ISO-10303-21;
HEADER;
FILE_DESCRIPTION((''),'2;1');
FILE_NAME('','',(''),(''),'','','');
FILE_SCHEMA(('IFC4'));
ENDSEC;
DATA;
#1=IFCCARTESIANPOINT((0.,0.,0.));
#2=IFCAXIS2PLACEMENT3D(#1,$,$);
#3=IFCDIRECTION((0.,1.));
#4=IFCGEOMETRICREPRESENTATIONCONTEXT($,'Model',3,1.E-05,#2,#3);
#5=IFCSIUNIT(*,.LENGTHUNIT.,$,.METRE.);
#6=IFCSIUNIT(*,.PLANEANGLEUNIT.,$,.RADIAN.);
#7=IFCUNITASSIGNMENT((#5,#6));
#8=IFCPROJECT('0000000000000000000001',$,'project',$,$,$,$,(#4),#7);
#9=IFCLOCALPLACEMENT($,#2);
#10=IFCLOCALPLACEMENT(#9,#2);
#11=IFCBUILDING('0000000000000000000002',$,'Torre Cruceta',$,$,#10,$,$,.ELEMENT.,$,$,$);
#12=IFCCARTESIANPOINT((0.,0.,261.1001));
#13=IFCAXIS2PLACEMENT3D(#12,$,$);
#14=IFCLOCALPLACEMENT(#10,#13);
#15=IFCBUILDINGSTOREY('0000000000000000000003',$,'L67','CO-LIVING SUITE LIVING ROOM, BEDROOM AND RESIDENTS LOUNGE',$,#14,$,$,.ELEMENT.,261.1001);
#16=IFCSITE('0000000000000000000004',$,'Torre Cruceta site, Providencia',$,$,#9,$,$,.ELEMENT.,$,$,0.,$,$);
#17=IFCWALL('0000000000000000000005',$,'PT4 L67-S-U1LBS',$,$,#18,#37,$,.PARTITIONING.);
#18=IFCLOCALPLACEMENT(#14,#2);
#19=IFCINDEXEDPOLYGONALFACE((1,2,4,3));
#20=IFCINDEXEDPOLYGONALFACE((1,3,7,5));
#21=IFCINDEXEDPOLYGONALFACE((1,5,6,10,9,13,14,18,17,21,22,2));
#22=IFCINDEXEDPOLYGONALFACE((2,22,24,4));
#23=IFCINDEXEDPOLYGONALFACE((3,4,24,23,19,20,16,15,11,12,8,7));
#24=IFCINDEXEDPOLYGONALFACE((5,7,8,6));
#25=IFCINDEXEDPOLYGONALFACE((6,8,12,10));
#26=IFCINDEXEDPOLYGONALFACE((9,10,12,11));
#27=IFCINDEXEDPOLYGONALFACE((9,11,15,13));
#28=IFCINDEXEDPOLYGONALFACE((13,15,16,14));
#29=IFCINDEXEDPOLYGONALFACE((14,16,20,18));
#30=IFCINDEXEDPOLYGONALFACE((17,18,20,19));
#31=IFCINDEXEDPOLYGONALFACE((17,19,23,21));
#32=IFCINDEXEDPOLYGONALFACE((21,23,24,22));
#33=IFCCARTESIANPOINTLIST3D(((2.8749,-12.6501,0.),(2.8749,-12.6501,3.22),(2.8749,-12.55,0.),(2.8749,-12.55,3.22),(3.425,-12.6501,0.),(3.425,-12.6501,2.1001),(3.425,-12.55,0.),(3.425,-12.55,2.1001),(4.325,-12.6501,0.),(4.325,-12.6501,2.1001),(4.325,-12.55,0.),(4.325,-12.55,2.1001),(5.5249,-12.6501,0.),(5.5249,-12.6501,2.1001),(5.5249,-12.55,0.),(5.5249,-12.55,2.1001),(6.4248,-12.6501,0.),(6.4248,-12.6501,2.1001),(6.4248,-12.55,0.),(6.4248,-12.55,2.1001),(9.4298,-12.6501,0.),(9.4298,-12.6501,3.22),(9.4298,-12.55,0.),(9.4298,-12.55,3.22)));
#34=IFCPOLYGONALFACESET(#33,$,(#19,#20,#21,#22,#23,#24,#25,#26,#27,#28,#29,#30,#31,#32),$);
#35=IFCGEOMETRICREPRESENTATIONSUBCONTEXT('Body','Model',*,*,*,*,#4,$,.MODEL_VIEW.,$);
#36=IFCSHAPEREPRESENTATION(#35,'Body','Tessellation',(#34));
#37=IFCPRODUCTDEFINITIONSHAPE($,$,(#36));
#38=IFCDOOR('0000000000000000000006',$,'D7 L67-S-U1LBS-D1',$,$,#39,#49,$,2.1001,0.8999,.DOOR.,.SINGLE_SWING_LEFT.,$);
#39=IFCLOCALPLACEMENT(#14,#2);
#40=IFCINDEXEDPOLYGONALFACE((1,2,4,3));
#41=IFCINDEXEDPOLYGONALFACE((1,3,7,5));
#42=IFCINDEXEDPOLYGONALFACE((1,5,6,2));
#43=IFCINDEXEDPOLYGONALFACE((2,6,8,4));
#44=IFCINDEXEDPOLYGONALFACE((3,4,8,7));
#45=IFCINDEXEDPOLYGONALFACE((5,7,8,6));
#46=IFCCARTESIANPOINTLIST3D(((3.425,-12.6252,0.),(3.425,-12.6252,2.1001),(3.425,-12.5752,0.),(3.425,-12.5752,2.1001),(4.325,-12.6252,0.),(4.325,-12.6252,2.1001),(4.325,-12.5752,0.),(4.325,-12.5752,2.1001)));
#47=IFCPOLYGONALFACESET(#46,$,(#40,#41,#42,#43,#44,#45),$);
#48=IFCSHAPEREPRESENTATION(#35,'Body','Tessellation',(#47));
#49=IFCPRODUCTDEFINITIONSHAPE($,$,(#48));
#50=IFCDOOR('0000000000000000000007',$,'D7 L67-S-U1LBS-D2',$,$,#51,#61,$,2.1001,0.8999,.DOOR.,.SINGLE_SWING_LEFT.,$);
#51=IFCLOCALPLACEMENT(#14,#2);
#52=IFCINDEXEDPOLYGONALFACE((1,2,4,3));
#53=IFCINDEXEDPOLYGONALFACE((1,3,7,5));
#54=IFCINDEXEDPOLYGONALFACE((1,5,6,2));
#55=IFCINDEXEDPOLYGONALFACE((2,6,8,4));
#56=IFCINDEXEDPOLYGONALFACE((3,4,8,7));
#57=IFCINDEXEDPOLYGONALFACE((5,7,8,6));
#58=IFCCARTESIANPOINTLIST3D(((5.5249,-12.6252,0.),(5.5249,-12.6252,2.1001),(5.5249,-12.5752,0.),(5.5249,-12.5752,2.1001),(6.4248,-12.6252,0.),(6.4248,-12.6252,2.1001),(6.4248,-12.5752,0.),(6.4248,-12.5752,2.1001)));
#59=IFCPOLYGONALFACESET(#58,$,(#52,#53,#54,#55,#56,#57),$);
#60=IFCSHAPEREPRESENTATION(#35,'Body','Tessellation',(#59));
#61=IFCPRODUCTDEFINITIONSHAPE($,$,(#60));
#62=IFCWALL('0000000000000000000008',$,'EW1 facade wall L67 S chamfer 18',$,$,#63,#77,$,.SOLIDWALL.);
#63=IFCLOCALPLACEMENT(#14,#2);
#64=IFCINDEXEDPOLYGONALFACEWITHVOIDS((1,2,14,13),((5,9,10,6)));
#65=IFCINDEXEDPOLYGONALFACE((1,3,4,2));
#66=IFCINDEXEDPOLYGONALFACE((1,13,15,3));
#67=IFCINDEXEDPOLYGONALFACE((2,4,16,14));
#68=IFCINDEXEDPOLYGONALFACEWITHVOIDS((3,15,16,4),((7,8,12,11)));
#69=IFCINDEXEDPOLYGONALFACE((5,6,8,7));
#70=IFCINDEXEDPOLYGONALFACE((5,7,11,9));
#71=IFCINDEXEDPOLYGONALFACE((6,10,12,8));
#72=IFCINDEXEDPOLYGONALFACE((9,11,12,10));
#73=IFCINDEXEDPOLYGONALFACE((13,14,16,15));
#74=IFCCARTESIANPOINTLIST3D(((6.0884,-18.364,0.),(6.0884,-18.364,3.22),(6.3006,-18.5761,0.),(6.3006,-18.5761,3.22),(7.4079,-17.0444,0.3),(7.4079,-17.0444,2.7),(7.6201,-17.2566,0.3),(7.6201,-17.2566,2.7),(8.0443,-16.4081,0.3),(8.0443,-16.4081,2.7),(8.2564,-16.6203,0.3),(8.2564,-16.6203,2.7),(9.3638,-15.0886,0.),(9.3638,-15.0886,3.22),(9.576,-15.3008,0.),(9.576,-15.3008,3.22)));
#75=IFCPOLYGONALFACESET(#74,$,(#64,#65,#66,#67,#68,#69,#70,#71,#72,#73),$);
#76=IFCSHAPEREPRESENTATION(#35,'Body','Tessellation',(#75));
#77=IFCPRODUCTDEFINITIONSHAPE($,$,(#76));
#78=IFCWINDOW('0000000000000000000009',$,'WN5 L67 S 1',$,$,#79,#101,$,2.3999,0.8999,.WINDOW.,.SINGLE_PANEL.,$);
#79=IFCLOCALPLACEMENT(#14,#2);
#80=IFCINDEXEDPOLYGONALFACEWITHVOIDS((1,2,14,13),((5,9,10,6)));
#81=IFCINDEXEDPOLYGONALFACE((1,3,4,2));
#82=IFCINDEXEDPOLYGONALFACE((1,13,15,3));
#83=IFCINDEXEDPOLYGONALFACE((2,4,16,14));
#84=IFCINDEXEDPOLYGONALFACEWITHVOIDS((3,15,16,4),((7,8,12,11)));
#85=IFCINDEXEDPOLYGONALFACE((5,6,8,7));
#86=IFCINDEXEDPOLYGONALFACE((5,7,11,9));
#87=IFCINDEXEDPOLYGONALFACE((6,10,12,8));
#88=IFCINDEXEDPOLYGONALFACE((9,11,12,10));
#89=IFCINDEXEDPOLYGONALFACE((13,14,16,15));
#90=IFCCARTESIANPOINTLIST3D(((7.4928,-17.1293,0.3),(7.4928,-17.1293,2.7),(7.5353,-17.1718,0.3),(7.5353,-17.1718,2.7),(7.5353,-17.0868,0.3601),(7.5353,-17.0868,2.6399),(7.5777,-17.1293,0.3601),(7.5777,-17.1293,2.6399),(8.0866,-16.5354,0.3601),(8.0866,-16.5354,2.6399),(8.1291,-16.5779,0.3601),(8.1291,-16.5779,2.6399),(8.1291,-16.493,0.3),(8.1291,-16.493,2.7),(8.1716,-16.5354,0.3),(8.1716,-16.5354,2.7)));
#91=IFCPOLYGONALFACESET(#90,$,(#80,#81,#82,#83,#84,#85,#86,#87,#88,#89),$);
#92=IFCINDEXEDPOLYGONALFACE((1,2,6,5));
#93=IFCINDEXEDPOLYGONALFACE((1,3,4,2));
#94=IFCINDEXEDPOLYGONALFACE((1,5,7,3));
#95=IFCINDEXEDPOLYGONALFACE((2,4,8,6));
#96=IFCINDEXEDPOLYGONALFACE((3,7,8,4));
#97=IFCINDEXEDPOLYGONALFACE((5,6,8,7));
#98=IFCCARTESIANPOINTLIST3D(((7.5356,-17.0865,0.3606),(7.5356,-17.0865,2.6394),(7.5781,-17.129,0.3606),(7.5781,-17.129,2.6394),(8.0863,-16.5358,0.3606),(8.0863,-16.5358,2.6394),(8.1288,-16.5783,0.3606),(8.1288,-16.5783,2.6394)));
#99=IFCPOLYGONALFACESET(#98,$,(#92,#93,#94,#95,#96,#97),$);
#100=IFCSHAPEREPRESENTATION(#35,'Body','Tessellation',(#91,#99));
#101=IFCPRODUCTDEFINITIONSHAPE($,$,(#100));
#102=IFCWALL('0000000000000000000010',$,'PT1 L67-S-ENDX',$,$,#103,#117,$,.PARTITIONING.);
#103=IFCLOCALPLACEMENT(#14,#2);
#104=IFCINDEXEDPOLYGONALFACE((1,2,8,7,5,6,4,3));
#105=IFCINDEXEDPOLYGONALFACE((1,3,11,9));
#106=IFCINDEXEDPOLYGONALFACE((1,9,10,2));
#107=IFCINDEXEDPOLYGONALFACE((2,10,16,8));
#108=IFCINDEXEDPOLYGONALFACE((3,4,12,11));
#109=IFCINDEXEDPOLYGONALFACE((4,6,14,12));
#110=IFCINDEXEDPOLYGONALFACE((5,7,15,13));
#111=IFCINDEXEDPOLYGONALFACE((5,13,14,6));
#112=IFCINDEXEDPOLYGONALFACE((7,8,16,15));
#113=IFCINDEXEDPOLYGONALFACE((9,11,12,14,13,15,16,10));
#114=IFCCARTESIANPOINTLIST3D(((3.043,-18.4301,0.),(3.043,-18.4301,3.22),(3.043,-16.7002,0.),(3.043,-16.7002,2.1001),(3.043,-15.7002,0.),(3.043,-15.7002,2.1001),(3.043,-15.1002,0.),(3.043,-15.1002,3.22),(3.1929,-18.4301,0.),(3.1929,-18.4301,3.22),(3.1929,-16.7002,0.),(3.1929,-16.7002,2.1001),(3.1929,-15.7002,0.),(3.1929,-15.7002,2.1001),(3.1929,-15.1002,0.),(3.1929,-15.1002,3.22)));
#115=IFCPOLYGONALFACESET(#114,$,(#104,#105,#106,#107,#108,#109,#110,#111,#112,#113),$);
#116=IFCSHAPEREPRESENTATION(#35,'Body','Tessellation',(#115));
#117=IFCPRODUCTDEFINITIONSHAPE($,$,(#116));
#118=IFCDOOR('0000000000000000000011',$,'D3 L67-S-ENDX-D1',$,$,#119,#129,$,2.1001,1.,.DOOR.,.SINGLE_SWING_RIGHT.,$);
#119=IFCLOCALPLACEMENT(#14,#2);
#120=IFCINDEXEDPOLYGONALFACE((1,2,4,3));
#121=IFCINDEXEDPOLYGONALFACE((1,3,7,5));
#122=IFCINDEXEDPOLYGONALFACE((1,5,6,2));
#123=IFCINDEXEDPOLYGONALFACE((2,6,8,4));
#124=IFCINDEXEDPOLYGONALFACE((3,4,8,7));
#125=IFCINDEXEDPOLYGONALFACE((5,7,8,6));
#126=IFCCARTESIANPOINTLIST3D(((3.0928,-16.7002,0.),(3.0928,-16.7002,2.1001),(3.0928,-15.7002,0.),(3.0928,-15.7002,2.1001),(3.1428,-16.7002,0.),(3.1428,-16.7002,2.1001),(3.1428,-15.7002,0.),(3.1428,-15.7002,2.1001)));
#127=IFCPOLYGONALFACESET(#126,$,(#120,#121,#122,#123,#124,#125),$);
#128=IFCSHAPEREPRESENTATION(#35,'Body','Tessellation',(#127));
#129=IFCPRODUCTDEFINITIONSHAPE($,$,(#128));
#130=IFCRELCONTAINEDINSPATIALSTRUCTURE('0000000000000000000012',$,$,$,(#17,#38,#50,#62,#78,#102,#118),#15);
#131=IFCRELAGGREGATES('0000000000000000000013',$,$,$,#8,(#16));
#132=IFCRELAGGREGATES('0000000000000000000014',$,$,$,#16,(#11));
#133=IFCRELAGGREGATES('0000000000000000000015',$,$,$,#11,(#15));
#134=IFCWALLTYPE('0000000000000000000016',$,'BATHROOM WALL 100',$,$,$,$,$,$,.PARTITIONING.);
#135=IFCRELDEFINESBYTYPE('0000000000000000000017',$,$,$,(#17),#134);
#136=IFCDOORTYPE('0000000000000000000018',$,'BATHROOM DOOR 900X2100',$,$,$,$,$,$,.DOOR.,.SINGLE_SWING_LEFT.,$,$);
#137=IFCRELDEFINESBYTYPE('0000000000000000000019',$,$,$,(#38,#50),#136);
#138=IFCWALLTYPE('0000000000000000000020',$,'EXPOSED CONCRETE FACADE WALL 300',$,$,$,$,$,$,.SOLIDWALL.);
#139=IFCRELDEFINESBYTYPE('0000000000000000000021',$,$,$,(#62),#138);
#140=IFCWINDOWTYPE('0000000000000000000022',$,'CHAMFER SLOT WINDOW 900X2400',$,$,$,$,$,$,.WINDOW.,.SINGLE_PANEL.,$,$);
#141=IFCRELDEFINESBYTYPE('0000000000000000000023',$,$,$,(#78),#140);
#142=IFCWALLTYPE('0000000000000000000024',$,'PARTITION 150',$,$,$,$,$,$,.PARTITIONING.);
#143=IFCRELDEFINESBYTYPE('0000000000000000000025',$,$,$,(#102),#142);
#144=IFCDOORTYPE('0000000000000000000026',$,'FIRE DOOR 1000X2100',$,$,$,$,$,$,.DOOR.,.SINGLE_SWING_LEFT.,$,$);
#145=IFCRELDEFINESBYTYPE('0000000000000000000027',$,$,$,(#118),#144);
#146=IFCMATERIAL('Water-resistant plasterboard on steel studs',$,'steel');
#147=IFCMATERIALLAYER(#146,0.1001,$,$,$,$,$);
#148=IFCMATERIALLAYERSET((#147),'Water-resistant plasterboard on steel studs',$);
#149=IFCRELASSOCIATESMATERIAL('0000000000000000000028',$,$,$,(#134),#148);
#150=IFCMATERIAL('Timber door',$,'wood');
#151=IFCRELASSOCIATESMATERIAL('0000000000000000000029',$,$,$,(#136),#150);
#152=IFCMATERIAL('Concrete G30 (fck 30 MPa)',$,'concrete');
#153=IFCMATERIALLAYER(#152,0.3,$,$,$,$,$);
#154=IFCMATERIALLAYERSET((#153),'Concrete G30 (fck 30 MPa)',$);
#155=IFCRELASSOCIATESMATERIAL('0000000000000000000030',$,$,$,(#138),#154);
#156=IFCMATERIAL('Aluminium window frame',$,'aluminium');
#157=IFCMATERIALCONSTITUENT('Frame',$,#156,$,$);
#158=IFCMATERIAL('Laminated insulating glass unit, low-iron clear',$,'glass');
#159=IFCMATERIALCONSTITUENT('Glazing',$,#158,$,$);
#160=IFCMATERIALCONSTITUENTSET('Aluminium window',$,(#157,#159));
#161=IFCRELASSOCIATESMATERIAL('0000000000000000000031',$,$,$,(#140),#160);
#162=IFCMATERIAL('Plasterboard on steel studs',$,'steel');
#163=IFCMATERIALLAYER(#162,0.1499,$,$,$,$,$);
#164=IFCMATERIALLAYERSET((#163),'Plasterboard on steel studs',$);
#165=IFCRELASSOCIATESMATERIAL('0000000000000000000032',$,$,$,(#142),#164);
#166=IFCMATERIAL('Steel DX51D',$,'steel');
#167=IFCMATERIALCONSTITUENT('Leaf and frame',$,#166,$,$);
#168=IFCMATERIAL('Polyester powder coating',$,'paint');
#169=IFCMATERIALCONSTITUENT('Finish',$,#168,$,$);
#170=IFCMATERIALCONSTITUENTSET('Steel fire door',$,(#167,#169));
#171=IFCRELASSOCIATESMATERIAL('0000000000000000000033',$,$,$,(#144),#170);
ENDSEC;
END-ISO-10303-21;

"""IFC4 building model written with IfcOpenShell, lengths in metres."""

from ifc_helpers import new_model, si_unit, direction, frame, frame_2d, origin, place, context, subcontext, project, spatial, rectangle, hollow_rectangle, extrude, material, layer, layer_set, constituent, constituent_set, type_object, element, fill, save


model = new_model("IFC4")

# Units and contexts
model_context = context("Model", 3, precision=1e-05, world=origin(), true_north=direction((0.0, 1.0)))
body_context = subcontext(model_context, "Body", "Model", "MODEL_VIEW")
ifc_project = project(units=[si_unit("LENGTHUNIT", "METRE"), si_unit("PLANEANGLEUNIT", "RADIAN")], contexts=[model_context])

# Site, building, storey
site_placement = place(None, origin())
site = spatial("IfcSite", under=ifc_project, at=site_placement, Name="Torre Cruceta site, Providencia", CompositionType="ELEMENT", RefElevation=0.0)
building_placement = place(site_placement, origin())
building = spatial("IfcBuilding", under=site, at=building_placement, Name="Torre Cruceta", CompositionType="ELEMENT")
storey_placement = place(building_placement, frame((0.0, 0.0, 261.1001)))
storey = spatial("IfcBuildingStorey", under=building, at=storey_placement, Name="L67", Description="CO-LIVING SUITE LIVING ROOM, BEDROOM AND RESIDENTS LOUNGE", CompositionType="ELEMENT", Elevation=261.1001)

# Wall, openings, doors
ifc_material_1 = material(Name="Water-resistant plasterboard on steel studs", Category="steel")
ifc_layer_1 = layer(ifc_material_1, 0.1001)
ifc_layer_set_1 = layer_set([ifc_layer_1], Name="Water-resistant plasterboard on steel studs")
wall_type_1 = type_object("IfcWallType", Name="BATHROOM WALL 100", PredefinedType="PARTITIONING", material=ifc_layer_set_1)
wall_1_placement = place(storey_placement, frame((2.875, -12.6001, 0.0), z_axis=(0.0, 0.0, 1.0), x_axis=(1.0, 0.0, 0.0)))
wall_1 = element("IfcWall", 1, at=wall_1_placement, inside=storey, type_object=wall_type_1, Name="PT4 L67-S-U1LBS", PredefinedType="PARTITIONING", context=body_context, shape_type="SweptSolid", body=[
    extrude(rectangle(XDim=6.5549, YDim=0.1001, at=frame_2d((3.2773, 0.0))), origin(), (0.0, 0.0, 1.0), 3.22),
])
opening_1_placement = place(wall_1_placement, frame((0.55, 0.0, 0.0)))
opening_1 = element("IfcOpeningElement", 2, at=opening_1_placement, cuts=wall_1, PredefinedType="OPENING", context=body_context, shape_type="SweptSolid", body=[
    extrude(rectangle(XDim=0.8999, YDim=2.1001, at=frame_2d((0.45, 1.05))), frame((0.0, 0.0601, 0.0), z_axis=(0.0, -1.0, 0.0), x_axis=(1.0, 0.0, 0.0)), (0.0, 0.0, 1.0), 0.1201),
])
opening_2_placement = place(wall_1_placement, frame((2.6499, 0.0, 0.0)))
opening_2 = element("IfcOpeningElement", 3, at=opening_2_placement, cuts=wall_1, PredefinedType="OPENING", context=body_context, shape_type="SweptSolid", body=[
    extrude(rectangle(XDim=0.8999, YDim=2.1001, at=frame_2d((0.45, 1.05))), frame((0.0, 0.0601, 0.0), z_axis=(0.0, -1.0, 0.0), x_axis=(1.0, 0.0, 0.0)), (0.0, 0.0, 1.0), 0.1201),
])
ifc_material_2 = material(Name="Timber door", Category="wood")
door_type_1 = type_object("IfcDoorType", Name="BATHROOM DOOR 900X2100", OperationType="SINGLE_SWING_LEFT", PredefinedType="DOOR", material=ifc_material_2)
door_1_placement = place(opening_1_placement, origin())
door_1 = element("IfcDoor", 4, at=door_1_placement, inside=storey, type_object=door_type_1, Name="D7 L67-S-U1LBS-D1", OperationType="SINGLE_SWING_LEFT", OverallHeight=2.1001, OverallWidth=0.8999, PredefinedType="DOOR", context=body_context, shape_type="SweptSolid", body=[
    extrude(rectangle(XDim=0.8999, YDim=2.1001, at=frame_2d((0.45, 1.05))), frame((0.0, 0.0249, 0.0), z_axis=(0.0, -1.0, 0.0), x_axis=(1.0, 0.0, 0.0)), (0.0, 0.0, 1.0), 0.05),
])
fill(opening_1, door_1)
door_2_placement = place(opening_2_placement, origin())
door_2 = element("IfcDoor", 5, at=door_2_placement, inside=storey, type_object=door_type_1, Name="D7 L67-S-U1LBS-D2", OperationType="SINGLE_SWING_LEFT", OverallHeight=2.1001, OverallWidth=0.8999, PredefinedType="DOOR", context=body_context, shape_type="SweptSolid", body=[
    extrude(rectangle(XDim=0.8999, YDim=2.1001, at=frame_2d((0.45, 1.05))), frame((0.0, 0.0249, 0.0), z_axis=(0.0, -1.0, 0.0), x_axis=(1.0, 0.0, 0.0)), (0.0, 0.0, 1.0), 0.05),
])
fill(opening_2, door_2)

# Wall, opening, window
ifc_material_3 = material(Name="Concrete G30 (fck 30 MPa)", Category="concrete")
ifc_layer_2 = layer(ifc_material_3, 0.3)
ifc_layer_set_2 = layer_set([ifc_layer_2], Name="Concrete G30 (fck 30 MPa)")
wall_type_2 = type_object("IfcWallType", Name="EXPOSED CONCRETE FACADE WALL 300", PredefinedType="SOLIDWALL", material=ifc_layer_set_2)
wall_2_placement = place(storey_placement, frame((6.1946, -18.47, 0.0), z_axis=(0.0, 0.0, 1.0), x_axis=(0.707107, 0.707107, 0.0)))
wall_2 = element("IfcWall", 6, at=wall_2_placement, inside=storey, type_object=wall_type_2, Name="EW1 facade wall L67 S chamfer 18", PredefinedType="SOLIDWALL", context=body_context, shape_type="SweptSolid", body=[
    extrude(rectangle(XDim=4.6321, YDim=0.3, at=frame_2d((2.3159, 0.0))), origin(), (0.0, 0.0, 1.0), 3.22),
])
opening_3_placement = place(wall_2_placement, frame((1.866, 0.0, 0.3)))
opening_3 = element("IfcOpeningElement", 7, at=opening_3_placement, cuts=wall_2, PredefinedType="OPENING", context=body_context, shape_type="SweptSolid", body=[
    extrude(rectangle(XDim=0.8999, YDim=2.3999, at=frame_2d((0.45, 1.2))), frame((0.0, 0.1599, 0.0), z_axis=(0.0, -1.0, 0.0), x_axis=(1.0, 0.0, 0.0)), (0.0, 0.0, 1.0), 0.3201),
])
ifc_material_4 = material(Name="Aluminium window frame", Category="aluminium")
ifc_constituent_1 = constituent(ifc_material_4, Name="Frame")
ifc_material_5 = material(Name="Laminated insulating glass unit, low-iron clear", Category="glass")
ifc_constituent_2 = constituent(ifc_material_5, Name="Glazing")
ifc_constituent_set_1 = constituent_set(constituents=[ifc_constituent_1, ifc_constituent_2], Name="Aluminium window")
window_type = type_object("IfcWindowType", Name="CHAMFER SLOT WINDOW 900X2400", PartitioningType="SINGLE_PANEL", PredefinedType="WINDOW", material=ifc_constituent_set_1)
window_placement = place(opening_3_placement, origin())
window = element("IfcWindow", 8, at=window_placement, inside=storey, type_object=window_type, Name="WN5 L67 S 1", OverallHeight=2.3999, OverallWidth=0.8999, PartitioningType="SINGLE_PANEL", PredefinedType="WINDOW", context=body_context, shape_type="SweptSolid", body=[
    extrude(hollow_rectangle(XDim=0.8999, YDim=2.3999, WallThickness=0.0601, at=frame_2d((0.45, 1.2))), frame((0.0, 0.03, 0.0), z_axis=(0.0, -1.0, 0.0), x_axis=(1.0, 0.0, 0.0)), (0.0, 0.0, 1.0), 0.0601),
    extrude(rectangle(XDim=0.7788, YDim=2.2788, at=frame_2d((0.45, 1.2))), frame((0.0, 0.03, 0.0), z_axis=(0.0, -1.0, 0.0), x_axis=(1.0, 0.0, 0.0)), (0.0, 0.0, 1.0), 0.0601),
])
fill(opening_3, window)

# Wall, opening, door
ifc_material_6 = material(Name="Plasterboard on steel studs", Category="steel")
ifc_layer_3 = layer(ifc_material_6, 0.1499)
ifc_layer_set_3 = layer_set([ifc_layer_3], Name="Plasterboard on steel studs")
wall_type_3 = type_object("IfcWallType", Name="PARTITION 150", PredefinedType="PARTITIONING", material=ifc_layer_set_3)
wall_3_placement = place(storey_placement, frame((3.1179, -15.1001, 0.0), z_axis=(0.0, 0.0, 1.0), x_axis=(0.0, -1.0, 0.0)))
wall_3 = element("IfcWall", 9, at=wall_3_placement, inside=storey, type_object=wall_type_3, Name="PT1 L67-S-ENDX", PredefinedType="PARTITIONING", context=body_context, shape_type="SweptSolid", body=[
    extrude(rectangle(XDim=3.3298, YDim=0.1499, at=frame_2d((1.665, 0.0))), origin(), (0.0, 0.0, 1.0), 3.22),
])
opening_4_placement = place(wall_3_placement, frame((0.6001, 0.0, 0.0)))
opening_4 = element("IfcOpeningElement", 10, at=opening_4_placement, cuts=wall_3, PredefinedType="OPENING", context=body_context, shape_type="SweptSolid", body=[
    extrude(rectangle(XDim=1.0, YDim=2.1001, at=frame_2d((0.5, 1.05))), frame((0.0, 0.085, 0.0), z_axis=(0.0, -1.0, 0.0), x_axis=(1.0, 0.0, 0.0)), (0.0, 0.0, 1.0), 0.1699),
])
ifc_material_7 = material(Name="Steel DX51D", Category="steel")
ifc_constituent_3 = constituent(ifc_material_7, Name="Leaf and frame")
ifc_material_8 = material(Name="Polyester powder coating", Category="paint")
ifc_constituent_4 = constituent(ifc_material_8, Name="Finish")
ifc_constituent_set_2 = constituent_set(constituents=[ifc_constituent_3, ifc_constituent_4], Name="Steel fire door")
door_type_2 = type_object("IfcDoorType", Name="FIRE DOOR 1000X2100", OperationType="SINGLE_SWING_LEFT", PredefinedType="DOOR", material=ifc_constituent_set_2)
door_3_placement = place(opening_4_placement, frame((1.0, 0.0, 0.0), z_axis=(0.0, 0.0, 1.0), x_axis=(-1.0, 0.0, 0.0)))
door_3 = element("IfcDoor", 11, at=door_3_placement, inside=storey, type_object=door_type_2, Name="D3 L67-S-ENDX-D1", OperationType="SINGLE_SWING_RIGHT", OverallHeight=2.1001, OverallWidth=1.0, PredefinedType="DOOR", context=body_context, shape_type="SweptSolid", body=[
    extrude(rectangle(XDim=1.0, YDim=2.1001, at=frame_2d((0.5, 1.05))), frame((0.0, 0.0251, 0.0), z_axis=(0.0, -1.0, 0.0), x_axis=(1.0, 0.0, 0.0)), (0.0, 0.0, 1.0), 0.05),
])
fill(opening_4, door_3)

save(model, "model.ifc")
